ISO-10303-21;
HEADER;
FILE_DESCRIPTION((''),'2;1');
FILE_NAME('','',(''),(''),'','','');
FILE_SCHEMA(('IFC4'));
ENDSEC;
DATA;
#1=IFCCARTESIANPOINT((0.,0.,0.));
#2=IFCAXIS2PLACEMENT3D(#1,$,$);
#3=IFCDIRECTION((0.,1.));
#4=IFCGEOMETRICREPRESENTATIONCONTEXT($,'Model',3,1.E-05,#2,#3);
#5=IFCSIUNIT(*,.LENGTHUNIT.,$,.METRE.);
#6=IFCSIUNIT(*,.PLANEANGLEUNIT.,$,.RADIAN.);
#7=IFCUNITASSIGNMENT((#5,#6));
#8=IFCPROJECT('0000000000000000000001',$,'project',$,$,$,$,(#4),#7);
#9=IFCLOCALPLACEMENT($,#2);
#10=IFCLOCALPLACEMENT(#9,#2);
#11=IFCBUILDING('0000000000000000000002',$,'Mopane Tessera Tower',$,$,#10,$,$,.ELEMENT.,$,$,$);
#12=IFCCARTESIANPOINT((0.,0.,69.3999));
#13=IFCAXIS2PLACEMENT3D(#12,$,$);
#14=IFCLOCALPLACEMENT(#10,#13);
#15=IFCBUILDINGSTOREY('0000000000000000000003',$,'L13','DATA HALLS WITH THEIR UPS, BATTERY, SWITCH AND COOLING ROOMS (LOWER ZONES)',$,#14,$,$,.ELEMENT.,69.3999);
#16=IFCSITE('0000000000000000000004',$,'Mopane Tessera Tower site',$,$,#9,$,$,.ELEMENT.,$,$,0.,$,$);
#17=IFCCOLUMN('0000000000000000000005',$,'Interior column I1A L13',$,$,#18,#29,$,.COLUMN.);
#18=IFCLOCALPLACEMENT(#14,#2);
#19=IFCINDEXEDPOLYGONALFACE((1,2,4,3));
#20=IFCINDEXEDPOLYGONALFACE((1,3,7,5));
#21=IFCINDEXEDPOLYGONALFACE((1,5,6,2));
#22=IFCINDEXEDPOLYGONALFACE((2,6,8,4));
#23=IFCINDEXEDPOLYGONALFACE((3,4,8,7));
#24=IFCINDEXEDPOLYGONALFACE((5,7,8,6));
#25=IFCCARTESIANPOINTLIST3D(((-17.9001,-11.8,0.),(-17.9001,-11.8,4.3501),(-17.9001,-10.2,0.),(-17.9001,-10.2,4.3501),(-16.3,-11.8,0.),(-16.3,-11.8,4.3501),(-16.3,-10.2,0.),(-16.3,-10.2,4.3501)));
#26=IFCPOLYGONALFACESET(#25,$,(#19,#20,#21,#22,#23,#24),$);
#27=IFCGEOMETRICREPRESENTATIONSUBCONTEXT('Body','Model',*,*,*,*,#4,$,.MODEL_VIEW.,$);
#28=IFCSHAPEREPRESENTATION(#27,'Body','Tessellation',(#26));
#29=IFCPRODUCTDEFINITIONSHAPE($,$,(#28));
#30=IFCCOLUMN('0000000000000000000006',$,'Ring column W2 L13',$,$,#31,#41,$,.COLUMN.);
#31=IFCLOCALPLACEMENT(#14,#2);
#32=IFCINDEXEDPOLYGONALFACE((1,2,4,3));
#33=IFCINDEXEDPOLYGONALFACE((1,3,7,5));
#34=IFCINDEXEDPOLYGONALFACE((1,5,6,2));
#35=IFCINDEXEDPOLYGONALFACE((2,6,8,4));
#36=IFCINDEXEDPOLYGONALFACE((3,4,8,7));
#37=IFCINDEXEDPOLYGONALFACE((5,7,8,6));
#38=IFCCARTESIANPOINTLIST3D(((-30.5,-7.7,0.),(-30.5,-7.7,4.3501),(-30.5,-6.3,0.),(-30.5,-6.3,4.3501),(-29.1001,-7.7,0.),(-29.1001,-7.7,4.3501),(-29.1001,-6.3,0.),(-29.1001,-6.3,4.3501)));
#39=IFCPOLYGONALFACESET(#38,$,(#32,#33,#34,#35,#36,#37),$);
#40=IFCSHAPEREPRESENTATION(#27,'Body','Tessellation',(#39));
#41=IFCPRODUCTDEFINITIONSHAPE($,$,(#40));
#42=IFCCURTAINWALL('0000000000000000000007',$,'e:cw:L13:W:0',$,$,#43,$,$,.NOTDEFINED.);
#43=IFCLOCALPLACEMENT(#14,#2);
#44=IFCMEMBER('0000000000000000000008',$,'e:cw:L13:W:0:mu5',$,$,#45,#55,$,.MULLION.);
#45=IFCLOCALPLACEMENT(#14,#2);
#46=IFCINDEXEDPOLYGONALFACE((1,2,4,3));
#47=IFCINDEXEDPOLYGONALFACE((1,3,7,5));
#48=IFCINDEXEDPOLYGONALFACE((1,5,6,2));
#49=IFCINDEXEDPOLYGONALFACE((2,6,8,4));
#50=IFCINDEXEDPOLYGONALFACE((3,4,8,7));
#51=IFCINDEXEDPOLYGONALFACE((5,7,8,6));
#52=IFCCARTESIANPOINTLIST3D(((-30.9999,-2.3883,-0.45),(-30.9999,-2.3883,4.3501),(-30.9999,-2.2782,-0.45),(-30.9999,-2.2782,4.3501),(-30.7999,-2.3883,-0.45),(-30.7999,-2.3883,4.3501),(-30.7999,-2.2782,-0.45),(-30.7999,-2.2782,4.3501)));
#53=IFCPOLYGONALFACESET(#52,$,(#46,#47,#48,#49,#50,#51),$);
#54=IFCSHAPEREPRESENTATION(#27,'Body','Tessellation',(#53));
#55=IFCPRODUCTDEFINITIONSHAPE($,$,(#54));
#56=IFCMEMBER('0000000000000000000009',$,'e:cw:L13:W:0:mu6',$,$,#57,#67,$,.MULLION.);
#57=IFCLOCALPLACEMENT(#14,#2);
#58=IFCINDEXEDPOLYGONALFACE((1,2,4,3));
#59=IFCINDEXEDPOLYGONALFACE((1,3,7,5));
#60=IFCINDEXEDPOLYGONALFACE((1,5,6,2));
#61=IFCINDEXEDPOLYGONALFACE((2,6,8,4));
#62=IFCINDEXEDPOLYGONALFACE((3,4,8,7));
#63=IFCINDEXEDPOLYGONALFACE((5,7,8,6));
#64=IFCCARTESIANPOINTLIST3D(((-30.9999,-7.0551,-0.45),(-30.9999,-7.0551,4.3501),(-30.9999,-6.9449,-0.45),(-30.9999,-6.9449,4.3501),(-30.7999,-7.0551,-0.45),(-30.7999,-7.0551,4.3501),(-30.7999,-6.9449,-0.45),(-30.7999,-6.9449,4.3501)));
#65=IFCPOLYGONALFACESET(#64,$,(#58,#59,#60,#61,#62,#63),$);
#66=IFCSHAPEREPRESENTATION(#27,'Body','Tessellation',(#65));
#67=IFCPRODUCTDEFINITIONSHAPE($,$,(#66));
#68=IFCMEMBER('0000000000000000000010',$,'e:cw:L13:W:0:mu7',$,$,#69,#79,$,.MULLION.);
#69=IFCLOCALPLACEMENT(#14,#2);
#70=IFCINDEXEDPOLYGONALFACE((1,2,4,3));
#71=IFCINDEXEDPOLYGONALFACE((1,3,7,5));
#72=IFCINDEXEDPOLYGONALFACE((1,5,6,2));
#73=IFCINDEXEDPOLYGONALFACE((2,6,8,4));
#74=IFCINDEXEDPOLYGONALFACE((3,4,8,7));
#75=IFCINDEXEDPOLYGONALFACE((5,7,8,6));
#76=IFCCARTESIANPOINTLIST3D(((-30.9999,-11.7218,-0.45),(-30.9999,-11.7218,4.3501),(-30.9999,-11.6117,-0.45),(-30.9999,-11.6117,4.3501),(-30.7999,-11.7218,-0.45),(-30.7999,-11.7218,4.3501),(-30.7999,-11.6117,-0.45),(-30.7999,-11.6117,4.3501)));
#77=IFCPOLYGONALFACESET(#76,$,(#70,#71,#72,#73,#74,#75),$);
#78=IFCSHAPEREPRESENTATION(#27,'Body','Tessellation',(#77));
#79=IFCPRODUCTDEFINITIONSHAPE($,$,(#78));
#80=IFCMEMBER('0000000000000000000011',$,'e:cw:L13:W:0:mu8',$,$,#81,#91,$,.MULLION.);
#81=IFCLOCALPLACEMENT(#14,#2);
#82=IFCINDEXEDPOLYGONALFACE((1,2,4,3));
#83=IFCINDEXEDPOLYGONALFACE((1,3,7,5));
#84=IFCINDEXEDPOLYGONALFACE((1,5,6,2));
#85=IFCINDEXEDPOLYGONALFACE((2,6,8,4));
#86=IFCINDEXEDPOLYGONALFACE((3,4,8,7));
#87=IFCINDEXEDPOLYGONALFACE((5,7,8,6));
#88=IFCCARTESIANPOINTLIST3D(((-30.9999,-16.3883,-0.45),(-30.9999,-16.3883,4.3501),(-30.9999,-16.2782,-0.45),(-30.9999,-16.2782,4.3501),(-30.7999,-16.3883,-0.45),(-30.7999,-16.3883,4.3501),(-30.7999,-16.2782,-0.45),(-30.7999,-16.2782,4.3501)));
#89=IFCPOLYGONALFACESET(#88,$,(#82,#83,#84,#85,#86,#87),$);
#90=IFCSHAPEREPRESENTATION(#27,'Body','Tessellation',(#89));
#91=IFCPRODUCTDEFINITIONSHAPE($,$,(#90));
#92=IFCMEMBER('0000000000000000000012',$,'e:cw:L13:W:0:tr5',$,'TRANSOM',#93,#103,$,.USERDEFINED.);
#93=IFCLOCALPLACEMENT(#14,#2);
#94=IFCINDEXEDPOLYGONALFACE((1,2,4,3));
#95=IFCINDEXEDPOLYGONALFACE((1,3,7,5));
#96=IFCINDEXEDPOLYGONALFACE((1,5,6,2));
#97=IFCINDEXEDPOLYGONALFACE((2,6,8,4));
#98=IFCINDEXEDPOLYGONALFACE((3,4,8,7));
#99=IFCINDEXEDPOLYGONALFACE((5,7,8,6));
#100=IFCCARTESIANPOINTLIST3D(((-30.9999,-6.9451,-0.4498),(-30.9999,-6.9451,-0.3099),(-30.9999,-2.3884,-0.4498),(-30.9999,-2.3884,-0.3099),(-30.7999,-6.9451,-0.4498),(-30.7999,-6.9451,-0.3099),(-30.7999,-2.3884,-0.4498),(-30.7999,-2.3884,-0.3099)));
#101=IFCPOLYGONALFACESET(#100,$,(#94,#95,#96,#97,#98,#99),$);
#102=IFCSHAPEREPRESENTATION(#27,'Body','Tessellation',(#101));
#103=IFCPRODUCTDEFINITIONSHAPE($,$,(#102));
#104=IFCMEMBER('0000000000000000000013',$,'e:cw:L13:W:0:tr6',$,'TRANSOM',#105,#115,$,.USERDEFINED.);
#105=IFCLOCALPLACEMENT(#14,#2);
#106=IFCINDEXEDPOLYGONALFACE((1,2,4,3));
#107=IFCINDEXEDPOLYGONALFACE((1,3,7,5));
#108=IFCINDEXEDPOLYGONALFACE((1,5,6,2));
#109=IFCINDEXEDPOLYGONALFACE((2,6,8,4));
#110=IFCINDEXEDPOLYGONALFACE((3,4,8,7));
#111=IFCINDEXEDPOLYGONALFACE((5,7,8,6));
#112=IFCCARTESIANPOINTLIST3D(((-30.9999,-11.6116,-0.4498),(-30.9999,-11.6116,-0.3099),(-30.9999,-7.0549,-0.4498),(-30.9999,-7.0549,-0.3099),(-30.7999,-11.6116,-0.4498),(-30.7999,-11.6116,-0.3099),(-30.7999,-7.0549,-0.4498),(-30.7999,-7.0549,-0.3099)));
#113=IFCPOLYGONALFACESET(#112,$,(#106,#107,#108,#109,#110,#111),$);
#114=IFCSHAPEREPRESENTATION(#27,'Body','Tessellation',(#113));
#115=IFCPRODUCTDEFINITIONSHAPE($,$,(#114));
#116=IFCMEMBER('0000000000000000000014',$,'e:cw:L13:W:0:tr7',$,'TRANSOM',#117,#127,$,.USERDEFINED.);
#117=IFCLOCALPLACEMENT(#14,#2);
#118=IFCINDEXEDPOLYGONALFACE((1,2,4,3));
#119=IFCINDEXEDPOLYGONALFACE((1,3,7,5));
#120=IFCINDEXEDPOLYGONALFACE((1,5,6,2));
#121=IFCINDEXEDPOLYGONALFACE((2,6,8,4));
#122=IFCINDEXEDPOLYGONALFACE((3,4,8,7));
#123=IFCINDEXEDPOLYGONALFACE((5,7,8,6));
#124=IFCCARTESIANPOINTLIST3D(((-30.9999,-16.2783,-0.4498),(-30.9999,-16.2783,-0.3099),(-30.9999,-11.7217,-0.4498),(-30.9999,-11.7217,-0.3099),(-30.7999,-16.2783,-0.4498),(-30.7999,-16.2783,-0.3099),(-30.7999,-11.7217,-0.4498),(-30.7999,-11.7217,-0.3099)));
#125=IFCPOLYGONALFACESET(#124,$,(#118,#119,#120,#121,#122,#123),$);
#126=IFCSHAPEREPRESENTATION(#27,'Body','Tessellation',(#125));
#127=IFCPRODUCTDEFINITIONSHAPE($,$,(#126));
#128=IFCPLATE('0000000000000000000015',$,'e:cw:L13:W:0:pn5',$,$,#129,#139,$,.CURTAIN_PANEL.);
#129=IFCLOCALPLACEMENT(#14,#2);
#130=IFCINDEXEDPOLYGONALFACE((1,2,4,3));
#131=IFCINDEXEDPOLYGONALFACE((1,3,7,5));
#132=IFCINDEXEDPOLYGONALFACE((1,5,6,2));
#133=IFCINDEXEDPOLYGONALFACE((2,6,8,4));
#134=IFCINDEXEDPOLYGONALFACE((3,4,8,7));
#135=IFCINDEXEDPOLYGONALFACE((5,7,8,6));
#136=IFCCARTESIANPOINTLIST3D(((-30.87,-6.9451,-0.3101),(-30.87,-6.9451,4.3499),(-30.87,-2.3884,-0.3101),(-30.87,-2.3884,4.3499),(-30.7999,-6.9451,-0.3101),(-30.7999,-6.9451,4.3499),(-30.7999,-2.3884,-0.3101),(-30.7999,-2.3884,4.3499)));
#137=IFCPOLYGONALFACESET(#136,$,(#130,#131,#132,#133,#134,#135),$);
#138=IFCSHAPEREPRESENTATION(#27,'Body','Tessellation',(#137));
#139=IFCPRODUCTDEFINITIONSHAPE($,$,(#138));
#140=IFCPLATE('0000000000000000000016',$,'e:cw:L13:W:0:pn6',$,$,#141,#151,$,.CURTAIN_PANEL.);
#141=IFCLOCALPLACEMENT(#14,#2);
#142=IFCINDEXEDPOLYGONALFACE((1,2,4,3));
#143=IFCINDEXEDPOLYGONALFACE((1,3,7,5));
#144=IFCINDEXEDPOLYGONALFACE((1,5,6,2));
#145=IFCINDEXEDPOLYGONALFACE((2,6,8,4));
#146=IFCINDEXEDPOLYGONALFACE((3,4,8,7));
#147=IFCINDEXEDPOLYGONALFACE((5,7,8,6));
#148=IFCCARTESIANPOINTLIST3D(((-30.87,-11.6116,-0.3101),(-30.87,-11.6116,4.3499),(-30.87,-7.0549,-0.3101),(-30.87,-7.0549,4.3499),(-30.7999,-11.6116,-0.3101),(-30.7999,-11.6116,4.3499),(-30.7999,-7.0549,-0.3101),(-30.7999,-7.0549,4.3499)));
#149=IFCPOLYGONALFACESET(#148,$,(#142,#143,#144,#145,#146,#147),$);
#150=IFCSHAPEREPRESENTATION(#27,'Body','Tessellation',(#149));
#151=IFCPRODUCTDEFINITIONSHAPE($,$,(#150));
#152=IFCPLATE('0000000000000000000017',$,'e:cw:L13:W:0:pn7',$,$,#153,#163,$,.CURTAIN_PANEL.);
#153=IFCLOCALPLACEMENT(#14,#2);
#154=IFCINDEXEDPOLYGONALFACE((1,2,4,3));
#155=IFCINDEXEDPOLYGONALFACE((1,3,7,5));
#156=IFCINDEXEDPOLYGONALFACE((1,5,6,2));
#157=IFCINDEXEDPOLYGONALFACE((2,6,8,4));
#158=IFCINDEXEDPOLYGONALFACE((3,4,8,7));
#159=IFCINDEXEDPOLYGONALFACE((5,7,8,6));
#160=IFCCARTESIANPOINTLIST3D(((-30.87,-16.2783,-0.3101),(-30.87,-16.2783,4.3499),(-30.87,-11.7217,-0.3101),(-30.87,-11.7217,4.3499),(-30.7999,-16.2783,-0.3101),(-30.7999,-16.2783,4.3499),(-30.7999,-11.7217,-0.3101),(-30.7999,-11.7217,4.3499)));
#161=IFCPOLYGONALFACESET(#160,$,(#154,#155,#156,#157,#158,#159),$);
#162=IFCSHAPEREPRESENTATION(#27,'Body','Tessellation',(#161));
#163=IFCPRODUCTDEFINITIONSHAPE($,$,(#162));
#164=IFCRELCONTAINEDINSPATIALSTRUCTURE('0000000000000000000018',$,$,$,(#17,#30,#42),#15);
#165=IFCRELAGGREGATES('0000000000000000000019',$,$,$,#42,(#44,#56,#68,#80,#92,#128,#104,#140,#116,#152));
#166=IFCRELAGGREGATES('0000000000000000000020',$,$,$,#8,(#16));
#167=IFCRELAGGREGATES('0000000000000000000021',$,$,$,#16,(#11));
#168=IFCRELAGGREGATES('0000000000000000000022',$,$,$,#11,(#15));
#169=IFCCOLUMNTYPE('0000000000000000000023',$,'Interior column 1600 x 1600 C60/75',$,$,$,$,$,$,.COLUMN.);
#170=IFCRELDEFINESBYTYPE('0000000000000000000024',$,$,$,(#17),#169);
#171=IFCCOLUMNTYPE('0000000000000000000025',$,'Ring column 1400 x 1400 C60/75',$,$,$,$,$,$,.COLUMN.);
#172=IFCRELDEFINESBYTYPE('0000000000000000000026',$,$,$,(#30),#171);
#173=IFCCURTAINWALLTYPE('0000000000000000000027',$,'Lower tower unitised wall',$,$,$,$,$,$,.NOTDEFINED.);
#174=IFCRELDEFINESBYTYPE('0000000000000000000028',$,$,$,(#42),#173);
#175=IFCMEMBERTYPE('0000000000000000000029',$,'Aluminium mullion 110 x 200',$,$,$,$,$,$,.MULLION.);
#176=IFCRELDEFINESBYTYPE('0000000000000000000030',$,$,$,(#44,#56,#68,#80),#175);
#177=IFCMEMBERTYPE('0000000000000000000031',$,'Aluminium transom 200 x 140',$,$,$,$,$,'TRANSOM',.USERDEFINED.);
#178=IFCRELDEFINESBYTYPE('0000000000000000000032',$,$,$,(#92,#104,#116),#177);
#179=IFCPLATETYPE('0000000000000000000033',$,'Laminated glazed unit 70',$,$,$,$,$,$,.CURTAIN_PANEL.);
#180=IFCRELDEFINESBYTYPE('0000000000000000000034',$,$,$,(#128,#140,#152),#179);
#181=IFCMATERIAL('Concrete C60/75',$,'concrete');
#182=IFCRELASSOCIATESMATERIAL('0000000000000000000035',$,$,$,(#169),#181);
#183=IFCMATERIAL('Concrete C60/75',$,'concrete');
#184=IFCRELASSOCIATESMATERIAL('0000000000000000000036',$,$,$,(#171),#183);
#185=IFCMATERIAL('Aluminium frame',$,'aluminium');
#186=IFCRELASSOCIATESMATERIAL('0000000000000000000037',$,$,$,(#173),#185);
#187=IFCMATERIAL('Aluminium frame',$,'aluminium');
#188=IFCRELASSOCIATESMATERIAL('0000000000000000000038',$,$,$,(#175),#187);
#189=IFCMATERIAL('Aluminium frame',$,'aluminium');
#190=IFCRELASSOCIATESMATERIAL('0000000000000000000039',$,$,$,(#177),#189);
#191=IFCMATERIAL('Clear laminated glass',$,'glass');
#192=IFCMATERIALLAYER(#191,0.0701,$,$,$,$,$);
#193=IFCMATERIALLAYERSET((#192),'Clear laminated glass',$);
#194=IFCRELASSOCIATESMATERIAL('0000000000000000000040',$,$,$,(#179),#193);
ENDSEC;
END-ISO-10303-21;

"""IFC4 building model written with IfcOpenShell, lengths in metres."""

from ifc_helpers import new_model, si_unit, direction, frame, origin, origin_2d, place, context, subcontext, project, spatial, rectangle, extrude, material, layer, layer_set, material_profile, profile_set, type_object, element, aggregate, save


model = new_model("IFC4")

# Units and contexts
model_context = context("Model", 3, precision=1e-05, world=origin(), true_north=direction((0.0, 1.0)))
body_context = subcontext(model_context, "Body", "Model", "MODEL_VIEW")
ifc_project = project(units=[si_unit("LENGTHUNIT", "METRE"), si_unit("PLANEANGLEUNIT", "RADIAN")], contexts=[model_context])

# Site, building, storey
site_placement = place(None, origin())
site = spatial("IfcSite", under=ifc_project, at=site_placement, Name="Mopane Tessera Tower site", CompositionType="ELEMENT", RefElevation=0.0)
building_placement = place(site_placement, origin())
building = spatial("IfcBuilding", under=site, at=building_placement, Name="Mopane Tessera Tower", CompositionType="ELEMENT")
storey_placement = place(building_placement, frame((0.0, 0.0, 69.3999)))
storey = spatial("IfcBuildingStorey", under=building, at=storey_placement, Name="L13", Description="DATA HALLS WITH THEIR UPS, BATTERY, SWITCH AND COOLING ROOMS (LOWER ZONES)", CompositionType="ELEMENT", Elevation=69.3999)

# Columns
ifc_material_1 = material(Name="Concrete C60/75", Category="concrete")
ifc_material_profile_1 = material_profile(ifc_material_1, rectangle(XDim=1.6001, YDim=1.6001, at=origin_2d()))
ifc_profile_set_1 = profile_set([ifc_material_profile_1], Name="Concrete C60/75")
column_type_1 = type_object("IfcColumnType", Name="Interior column 1600 x 1600 C60/75", PredefinedType="COLUMN", material=ifc_profile_set_1)
column_1_placement = place(storey_placement, frame((-17.1001, -11.0, 0.0), z_axis=(0.0, 0.0, 1.0), x_axis=(1.0, 0.0, 0.0)))
element("IfcColumn", 1, at=column_1_placement, inside=storey, type_object=column_type_1, Name="Interior column I1A L13", PredefinedType="COLUMN", context=body_context, shape_type="SweptSolid", body=[
    extrude(rectangle(XDim=1.6001, YDim=1.6001, at=origin_2d()), origin(), (0.0, 0.0, 1.0), 4.3501),
])
ifc_material_2 = material(Name="Concrete C60/75", Category="concrete")
ifc_material_profile_2 = material_profile(ifc_material_2, rectangle(XDim=1.3999, YDim=1.3999, at=origin_2d()))
ifc_profile_set_2 = profile_set([ifc_material_profile_2], Name="Concrete C60/75")
column_type_2 = type_object("IfcColumnType", Name="Ring column 1400 x 1400 C60/75", PredefinedType="COLUMN", material=ifc_profile_set_2)
column_2_placement = place(storey_placement, frame((-29.8, -7.0, 0.0), z_axis=(0.0, 0.0, 1.0), x_axis=(1.0, 0.0, 0.0)))
element("IfcColumn", 2, at=column_2_placement, inside=storey, type_object=column_type_2, Name="Ring column W2 L13", PredefinedType="COLUMN", context=body_context, shape_type="SweptSolid", body=[
    extrude(rectangle(XDim=1.3999, YDim=1.3999, at=origin_2d()), origin(), (0.0, 0.0, 1.0), 4.3501),
])

# Curtain wall, members, plates
ifc_material_3 = material(Name="Aluminium frame", Category="aluminium")
curtain_wall_type = type_object("IfcCurtainWallType", Name="Lower tower unitised wall", PredefinedType="NOTDEFINED", material=ifc_material_3)
curtain_wall_placement = place(storey_placement, origin())
curtain_wall = element("IfcCurtainWall", 3, at=curtain_wall_placement, inside=storey, type_object=curtain_wall_type, Name="e:cw:L13:W:0", PredefinedType="NOTDEFINED")
ifc_material_4 = material(Name="Aluminium frame", Category="aluminium")
ifc_material_profile_3 = material_profile(ifc_material_4, rectangle(XDim=0.1101, YDim=0.2, at=origin_2d()))
ifc_profile_set_3 = profile_set([ifc_material_profile_3], Name="Aluminium frame")
member_type_1 = type_object("IfcMemberType", Name="Aluminium mullion 110 x 200", PredefinedType="MULLION", material=ifc_profile_set_3)
member_1_placement = place(storey_placement, frame((-30.8999, -2.3333, -0.45), z_axis=(0.0, 0.0, 1.0), x_axis=(0.0, -1.0, 0.0)))
member_1 = element("IfcMember", 4, at=member_1_placement, type_object=member_type_1, Name="e:cw:L13:W:0:mu5", PredefinedType="MULLION", context=body_context, shape_type="SweptSolid", body=[
    extrude(rectangle(XDim=0.1101, YDim=0.2, at=origin_2d()), origin(), (0.0, 0.0, 1.0), 4.8),
])
member_2_placement = place(storey_placement, frame((-30.8999, -7.0, -0.45), z_axis=(0.0, 0.0, 1.0), x_axis=(0.0, -1.0, 0.0)))
member_2 = element("IfcMember", 5, at=member_2_placement, type_object=member_type_1, Name="e:cw:L13:W:0:mu6", PredefinedType="MULLION", context=body_context, shape_type="SweptSolid", body=[
    extrude(rectangle(XDim=0.1101, YDim=0.2, at=origin_2d()), origin(), (0.0, 0.0, 1.0), 4.8),
])
member_3_placement = place(storey_placement, frame((-30.8999, -11.6667, -0.45), z_axis=(0.0, 0.0, 1.0), x_axis=(0.0, -1.0, 0.0)))
member_3 = element("IfcMember", 6, at=member_3_placement, type_object=member_type_1, Name="e:cw:L13:W:0:mu7", PredefinedType="MULLION", context=body_context, shape_type="SweptSolid", body=[
    extrude(rectangle(XDim=0.1101, YDim=0.2, at=origin_2d()), origin(), (0.0, 0.0, 1.0), 4.8),
])
member_4_placement = place(storey_placement, frame((-30.8999, -16.3333, -0.45), z_axis=(0.0, 0.0, 1.0), x_axis=(0.0, -1.0, 0.0)))
member_4 = element("IfcMember", 7, at=member_4_placement, type_object=member_type_1, Name="e:cw:L13:W:0:mu8", PredefinedType="MULLION", context=body_context, shape_type="SweptSolid", body=[
    extrude(rectangle(XDim=0.1101, YDim=0.2, at=origin_2d()), origin(), (0.0, 0.0, 1.0), 4.8),
])
ifc_material_5 = material(Name="Aluminium frame", Category="aluminium")
ifc_material_profile_4 = material_profile(ifc_material_5, rectangle(XDim=0.2, YDim=0.1399, at=origin_2d()))
ifc_profile_set_4 = profile_set([ifc_material_profile_4], Name="Aluminium frame")
member_type_2 = type_object("IfcMemberType", Name="Aluminium transom 200 x 140", ElementType="TRANSOM", PredefinedType="USERDEFINED", material=ifc_profile_set_4)
member_5_placement = place(storey_placement, frame((-30.8999, -2.3884, -0.3799), z_axis=(0.0, -1.0, 0.0), x_axis=(1.0, 0.0, 0.0)))
member_5 = element("IfcMember", 8, at=member_5_placement, type_object=member_type_2, Name="e:cw:L13:W:0:tr5", ObjectType="TRANSOM", PredefinedType="USERDEFINED", context=body_context, shape_type="SweptSolid", body=[
    extrude(rectangle(XDim=0.2, YDim=0.1399, at=origin_2d()), origin(), (0.0, 0.0, 1.0), 4.5566),
])
member_6_placement = place(storey_placement, frame((-30.8999, -7.0549, -0.3799), z_axis=(0.0, -1.0, 0.0), x_axis=(1.0, 0.0, 0.0)))
member_6 = element("IfcMember", 9, at=member_6_placement, type_object=member_type_2, Name="e:cw:L13:W:0:tr6", ObjectType="TRANSOM", PredefinedType="USERDEFINED", context=body_context, shape_type="SweptSolid", body=[
    extrude(rectangle(XDim=0.2, YDim=0.1399, at=origin_2d()), origin(), (0.0, 0.0, 1.0), 4.5566),
])
member_7_placement = place(storey_placement, frame((-30.8999, -11.7217, -0.3799), z_axis=(0.0, -1.0, 0.0), x_axis=(1.0, 0.0, 0.0)))
member_7 = element("IfcMember", 10, at=member_7_placement, type_object=member_type_2, Name="e:cw:L13:W:0:tr7", ObjectType="TRANSOM", PredefinedType="USERDEFINED", context=body_context, shape_type="SweptSolid", body=[
    extrude(rectangle(XDim=0.2, YDim=0.1399, at=origin_2d()), origin(), (0.0, 0.0, 1.0), 4.5566),
])
ifc_material_6 = material(Name="Clear laminated glass", Category="glass")
ifc_layer_1 = layer(ifc_material_6, 0.0701)
ifc_layer_set_1 = layer_set([ifc_layer_1], Name="Clear laminated glass")
plate_type = type_object("IfcPlateType", Name="Laminated glazed unit 70", PredefinedType="CURTAIN_PANEL", material=ifc_layer_set_1)
plate_1_placement = place(storey_placement, frame((-30.835, -4.6667, -0.3101), z_axis=(0.0, 0.0, 1.0), x_axis=(0.0, -1.0, 0.0)))
plate_1 = element("IfcPlate", 11, at=plate_1_placement, type_object=plate_type, Name="e:cw:L13:W:0:pn5", PredefinedType="CURTAIN_PANEL", context=body_context, shape_type="SweptSolid", body=[
    extrude(rectangle(XDim=4.5566, YDim=0.0701, at=origin_2d()), origin(), (0.0, 0.0, 1.0), 4.6599),
])
plate_2_placement = place(storey_placement, frame((-30.835, -9.3333, -0.3101), z_axis=(0.0, 0.0, 1.0), x_axis=(0.0, -1.0, 0.0)))
plate_2 = element("IfcPlate", 12, at=plate_2_placement, type_object=plate_type, Name="e:cw:L13:W:0:pn6", PredefinedType="CURTAIN_PANEL", context=body_context, shape_type="SweptSolid", body=[
    extrude(rectangle(XDim=4.5566, YDim=0.0701, at=origin_2d()), origin(), (0.0, 0.0, 1.0), 4.6599),
])
plate_3_placement = place(storey_placement, frame((-30.835, -14.0, -0.3101), z_axis=(0.0, 0.0, 1.0), x_axis=(0.0, -1.0, 0.0)))
plate_3 = element("IfcPlate", 13, at=plate_3_placement, type_object=plate_type, Name="e:cw:L13:W:0:pn7", PredefinedType="CURTAIN_PANEL", context=body_context, shape_type="SweptSolid", body=[
    extrude(rectangle(XDim=4.5566, YDim=0.0701, at=origin_2d()), origin(), (0.0, 0.0, 1.0), 4.6599),
])
aggregate(curtain_wall, [member_1, member_2, member_3, member_4, member_5, plate_1, member_6, plate_2, member_7, plate_3])

save(model, "model.ifc")
